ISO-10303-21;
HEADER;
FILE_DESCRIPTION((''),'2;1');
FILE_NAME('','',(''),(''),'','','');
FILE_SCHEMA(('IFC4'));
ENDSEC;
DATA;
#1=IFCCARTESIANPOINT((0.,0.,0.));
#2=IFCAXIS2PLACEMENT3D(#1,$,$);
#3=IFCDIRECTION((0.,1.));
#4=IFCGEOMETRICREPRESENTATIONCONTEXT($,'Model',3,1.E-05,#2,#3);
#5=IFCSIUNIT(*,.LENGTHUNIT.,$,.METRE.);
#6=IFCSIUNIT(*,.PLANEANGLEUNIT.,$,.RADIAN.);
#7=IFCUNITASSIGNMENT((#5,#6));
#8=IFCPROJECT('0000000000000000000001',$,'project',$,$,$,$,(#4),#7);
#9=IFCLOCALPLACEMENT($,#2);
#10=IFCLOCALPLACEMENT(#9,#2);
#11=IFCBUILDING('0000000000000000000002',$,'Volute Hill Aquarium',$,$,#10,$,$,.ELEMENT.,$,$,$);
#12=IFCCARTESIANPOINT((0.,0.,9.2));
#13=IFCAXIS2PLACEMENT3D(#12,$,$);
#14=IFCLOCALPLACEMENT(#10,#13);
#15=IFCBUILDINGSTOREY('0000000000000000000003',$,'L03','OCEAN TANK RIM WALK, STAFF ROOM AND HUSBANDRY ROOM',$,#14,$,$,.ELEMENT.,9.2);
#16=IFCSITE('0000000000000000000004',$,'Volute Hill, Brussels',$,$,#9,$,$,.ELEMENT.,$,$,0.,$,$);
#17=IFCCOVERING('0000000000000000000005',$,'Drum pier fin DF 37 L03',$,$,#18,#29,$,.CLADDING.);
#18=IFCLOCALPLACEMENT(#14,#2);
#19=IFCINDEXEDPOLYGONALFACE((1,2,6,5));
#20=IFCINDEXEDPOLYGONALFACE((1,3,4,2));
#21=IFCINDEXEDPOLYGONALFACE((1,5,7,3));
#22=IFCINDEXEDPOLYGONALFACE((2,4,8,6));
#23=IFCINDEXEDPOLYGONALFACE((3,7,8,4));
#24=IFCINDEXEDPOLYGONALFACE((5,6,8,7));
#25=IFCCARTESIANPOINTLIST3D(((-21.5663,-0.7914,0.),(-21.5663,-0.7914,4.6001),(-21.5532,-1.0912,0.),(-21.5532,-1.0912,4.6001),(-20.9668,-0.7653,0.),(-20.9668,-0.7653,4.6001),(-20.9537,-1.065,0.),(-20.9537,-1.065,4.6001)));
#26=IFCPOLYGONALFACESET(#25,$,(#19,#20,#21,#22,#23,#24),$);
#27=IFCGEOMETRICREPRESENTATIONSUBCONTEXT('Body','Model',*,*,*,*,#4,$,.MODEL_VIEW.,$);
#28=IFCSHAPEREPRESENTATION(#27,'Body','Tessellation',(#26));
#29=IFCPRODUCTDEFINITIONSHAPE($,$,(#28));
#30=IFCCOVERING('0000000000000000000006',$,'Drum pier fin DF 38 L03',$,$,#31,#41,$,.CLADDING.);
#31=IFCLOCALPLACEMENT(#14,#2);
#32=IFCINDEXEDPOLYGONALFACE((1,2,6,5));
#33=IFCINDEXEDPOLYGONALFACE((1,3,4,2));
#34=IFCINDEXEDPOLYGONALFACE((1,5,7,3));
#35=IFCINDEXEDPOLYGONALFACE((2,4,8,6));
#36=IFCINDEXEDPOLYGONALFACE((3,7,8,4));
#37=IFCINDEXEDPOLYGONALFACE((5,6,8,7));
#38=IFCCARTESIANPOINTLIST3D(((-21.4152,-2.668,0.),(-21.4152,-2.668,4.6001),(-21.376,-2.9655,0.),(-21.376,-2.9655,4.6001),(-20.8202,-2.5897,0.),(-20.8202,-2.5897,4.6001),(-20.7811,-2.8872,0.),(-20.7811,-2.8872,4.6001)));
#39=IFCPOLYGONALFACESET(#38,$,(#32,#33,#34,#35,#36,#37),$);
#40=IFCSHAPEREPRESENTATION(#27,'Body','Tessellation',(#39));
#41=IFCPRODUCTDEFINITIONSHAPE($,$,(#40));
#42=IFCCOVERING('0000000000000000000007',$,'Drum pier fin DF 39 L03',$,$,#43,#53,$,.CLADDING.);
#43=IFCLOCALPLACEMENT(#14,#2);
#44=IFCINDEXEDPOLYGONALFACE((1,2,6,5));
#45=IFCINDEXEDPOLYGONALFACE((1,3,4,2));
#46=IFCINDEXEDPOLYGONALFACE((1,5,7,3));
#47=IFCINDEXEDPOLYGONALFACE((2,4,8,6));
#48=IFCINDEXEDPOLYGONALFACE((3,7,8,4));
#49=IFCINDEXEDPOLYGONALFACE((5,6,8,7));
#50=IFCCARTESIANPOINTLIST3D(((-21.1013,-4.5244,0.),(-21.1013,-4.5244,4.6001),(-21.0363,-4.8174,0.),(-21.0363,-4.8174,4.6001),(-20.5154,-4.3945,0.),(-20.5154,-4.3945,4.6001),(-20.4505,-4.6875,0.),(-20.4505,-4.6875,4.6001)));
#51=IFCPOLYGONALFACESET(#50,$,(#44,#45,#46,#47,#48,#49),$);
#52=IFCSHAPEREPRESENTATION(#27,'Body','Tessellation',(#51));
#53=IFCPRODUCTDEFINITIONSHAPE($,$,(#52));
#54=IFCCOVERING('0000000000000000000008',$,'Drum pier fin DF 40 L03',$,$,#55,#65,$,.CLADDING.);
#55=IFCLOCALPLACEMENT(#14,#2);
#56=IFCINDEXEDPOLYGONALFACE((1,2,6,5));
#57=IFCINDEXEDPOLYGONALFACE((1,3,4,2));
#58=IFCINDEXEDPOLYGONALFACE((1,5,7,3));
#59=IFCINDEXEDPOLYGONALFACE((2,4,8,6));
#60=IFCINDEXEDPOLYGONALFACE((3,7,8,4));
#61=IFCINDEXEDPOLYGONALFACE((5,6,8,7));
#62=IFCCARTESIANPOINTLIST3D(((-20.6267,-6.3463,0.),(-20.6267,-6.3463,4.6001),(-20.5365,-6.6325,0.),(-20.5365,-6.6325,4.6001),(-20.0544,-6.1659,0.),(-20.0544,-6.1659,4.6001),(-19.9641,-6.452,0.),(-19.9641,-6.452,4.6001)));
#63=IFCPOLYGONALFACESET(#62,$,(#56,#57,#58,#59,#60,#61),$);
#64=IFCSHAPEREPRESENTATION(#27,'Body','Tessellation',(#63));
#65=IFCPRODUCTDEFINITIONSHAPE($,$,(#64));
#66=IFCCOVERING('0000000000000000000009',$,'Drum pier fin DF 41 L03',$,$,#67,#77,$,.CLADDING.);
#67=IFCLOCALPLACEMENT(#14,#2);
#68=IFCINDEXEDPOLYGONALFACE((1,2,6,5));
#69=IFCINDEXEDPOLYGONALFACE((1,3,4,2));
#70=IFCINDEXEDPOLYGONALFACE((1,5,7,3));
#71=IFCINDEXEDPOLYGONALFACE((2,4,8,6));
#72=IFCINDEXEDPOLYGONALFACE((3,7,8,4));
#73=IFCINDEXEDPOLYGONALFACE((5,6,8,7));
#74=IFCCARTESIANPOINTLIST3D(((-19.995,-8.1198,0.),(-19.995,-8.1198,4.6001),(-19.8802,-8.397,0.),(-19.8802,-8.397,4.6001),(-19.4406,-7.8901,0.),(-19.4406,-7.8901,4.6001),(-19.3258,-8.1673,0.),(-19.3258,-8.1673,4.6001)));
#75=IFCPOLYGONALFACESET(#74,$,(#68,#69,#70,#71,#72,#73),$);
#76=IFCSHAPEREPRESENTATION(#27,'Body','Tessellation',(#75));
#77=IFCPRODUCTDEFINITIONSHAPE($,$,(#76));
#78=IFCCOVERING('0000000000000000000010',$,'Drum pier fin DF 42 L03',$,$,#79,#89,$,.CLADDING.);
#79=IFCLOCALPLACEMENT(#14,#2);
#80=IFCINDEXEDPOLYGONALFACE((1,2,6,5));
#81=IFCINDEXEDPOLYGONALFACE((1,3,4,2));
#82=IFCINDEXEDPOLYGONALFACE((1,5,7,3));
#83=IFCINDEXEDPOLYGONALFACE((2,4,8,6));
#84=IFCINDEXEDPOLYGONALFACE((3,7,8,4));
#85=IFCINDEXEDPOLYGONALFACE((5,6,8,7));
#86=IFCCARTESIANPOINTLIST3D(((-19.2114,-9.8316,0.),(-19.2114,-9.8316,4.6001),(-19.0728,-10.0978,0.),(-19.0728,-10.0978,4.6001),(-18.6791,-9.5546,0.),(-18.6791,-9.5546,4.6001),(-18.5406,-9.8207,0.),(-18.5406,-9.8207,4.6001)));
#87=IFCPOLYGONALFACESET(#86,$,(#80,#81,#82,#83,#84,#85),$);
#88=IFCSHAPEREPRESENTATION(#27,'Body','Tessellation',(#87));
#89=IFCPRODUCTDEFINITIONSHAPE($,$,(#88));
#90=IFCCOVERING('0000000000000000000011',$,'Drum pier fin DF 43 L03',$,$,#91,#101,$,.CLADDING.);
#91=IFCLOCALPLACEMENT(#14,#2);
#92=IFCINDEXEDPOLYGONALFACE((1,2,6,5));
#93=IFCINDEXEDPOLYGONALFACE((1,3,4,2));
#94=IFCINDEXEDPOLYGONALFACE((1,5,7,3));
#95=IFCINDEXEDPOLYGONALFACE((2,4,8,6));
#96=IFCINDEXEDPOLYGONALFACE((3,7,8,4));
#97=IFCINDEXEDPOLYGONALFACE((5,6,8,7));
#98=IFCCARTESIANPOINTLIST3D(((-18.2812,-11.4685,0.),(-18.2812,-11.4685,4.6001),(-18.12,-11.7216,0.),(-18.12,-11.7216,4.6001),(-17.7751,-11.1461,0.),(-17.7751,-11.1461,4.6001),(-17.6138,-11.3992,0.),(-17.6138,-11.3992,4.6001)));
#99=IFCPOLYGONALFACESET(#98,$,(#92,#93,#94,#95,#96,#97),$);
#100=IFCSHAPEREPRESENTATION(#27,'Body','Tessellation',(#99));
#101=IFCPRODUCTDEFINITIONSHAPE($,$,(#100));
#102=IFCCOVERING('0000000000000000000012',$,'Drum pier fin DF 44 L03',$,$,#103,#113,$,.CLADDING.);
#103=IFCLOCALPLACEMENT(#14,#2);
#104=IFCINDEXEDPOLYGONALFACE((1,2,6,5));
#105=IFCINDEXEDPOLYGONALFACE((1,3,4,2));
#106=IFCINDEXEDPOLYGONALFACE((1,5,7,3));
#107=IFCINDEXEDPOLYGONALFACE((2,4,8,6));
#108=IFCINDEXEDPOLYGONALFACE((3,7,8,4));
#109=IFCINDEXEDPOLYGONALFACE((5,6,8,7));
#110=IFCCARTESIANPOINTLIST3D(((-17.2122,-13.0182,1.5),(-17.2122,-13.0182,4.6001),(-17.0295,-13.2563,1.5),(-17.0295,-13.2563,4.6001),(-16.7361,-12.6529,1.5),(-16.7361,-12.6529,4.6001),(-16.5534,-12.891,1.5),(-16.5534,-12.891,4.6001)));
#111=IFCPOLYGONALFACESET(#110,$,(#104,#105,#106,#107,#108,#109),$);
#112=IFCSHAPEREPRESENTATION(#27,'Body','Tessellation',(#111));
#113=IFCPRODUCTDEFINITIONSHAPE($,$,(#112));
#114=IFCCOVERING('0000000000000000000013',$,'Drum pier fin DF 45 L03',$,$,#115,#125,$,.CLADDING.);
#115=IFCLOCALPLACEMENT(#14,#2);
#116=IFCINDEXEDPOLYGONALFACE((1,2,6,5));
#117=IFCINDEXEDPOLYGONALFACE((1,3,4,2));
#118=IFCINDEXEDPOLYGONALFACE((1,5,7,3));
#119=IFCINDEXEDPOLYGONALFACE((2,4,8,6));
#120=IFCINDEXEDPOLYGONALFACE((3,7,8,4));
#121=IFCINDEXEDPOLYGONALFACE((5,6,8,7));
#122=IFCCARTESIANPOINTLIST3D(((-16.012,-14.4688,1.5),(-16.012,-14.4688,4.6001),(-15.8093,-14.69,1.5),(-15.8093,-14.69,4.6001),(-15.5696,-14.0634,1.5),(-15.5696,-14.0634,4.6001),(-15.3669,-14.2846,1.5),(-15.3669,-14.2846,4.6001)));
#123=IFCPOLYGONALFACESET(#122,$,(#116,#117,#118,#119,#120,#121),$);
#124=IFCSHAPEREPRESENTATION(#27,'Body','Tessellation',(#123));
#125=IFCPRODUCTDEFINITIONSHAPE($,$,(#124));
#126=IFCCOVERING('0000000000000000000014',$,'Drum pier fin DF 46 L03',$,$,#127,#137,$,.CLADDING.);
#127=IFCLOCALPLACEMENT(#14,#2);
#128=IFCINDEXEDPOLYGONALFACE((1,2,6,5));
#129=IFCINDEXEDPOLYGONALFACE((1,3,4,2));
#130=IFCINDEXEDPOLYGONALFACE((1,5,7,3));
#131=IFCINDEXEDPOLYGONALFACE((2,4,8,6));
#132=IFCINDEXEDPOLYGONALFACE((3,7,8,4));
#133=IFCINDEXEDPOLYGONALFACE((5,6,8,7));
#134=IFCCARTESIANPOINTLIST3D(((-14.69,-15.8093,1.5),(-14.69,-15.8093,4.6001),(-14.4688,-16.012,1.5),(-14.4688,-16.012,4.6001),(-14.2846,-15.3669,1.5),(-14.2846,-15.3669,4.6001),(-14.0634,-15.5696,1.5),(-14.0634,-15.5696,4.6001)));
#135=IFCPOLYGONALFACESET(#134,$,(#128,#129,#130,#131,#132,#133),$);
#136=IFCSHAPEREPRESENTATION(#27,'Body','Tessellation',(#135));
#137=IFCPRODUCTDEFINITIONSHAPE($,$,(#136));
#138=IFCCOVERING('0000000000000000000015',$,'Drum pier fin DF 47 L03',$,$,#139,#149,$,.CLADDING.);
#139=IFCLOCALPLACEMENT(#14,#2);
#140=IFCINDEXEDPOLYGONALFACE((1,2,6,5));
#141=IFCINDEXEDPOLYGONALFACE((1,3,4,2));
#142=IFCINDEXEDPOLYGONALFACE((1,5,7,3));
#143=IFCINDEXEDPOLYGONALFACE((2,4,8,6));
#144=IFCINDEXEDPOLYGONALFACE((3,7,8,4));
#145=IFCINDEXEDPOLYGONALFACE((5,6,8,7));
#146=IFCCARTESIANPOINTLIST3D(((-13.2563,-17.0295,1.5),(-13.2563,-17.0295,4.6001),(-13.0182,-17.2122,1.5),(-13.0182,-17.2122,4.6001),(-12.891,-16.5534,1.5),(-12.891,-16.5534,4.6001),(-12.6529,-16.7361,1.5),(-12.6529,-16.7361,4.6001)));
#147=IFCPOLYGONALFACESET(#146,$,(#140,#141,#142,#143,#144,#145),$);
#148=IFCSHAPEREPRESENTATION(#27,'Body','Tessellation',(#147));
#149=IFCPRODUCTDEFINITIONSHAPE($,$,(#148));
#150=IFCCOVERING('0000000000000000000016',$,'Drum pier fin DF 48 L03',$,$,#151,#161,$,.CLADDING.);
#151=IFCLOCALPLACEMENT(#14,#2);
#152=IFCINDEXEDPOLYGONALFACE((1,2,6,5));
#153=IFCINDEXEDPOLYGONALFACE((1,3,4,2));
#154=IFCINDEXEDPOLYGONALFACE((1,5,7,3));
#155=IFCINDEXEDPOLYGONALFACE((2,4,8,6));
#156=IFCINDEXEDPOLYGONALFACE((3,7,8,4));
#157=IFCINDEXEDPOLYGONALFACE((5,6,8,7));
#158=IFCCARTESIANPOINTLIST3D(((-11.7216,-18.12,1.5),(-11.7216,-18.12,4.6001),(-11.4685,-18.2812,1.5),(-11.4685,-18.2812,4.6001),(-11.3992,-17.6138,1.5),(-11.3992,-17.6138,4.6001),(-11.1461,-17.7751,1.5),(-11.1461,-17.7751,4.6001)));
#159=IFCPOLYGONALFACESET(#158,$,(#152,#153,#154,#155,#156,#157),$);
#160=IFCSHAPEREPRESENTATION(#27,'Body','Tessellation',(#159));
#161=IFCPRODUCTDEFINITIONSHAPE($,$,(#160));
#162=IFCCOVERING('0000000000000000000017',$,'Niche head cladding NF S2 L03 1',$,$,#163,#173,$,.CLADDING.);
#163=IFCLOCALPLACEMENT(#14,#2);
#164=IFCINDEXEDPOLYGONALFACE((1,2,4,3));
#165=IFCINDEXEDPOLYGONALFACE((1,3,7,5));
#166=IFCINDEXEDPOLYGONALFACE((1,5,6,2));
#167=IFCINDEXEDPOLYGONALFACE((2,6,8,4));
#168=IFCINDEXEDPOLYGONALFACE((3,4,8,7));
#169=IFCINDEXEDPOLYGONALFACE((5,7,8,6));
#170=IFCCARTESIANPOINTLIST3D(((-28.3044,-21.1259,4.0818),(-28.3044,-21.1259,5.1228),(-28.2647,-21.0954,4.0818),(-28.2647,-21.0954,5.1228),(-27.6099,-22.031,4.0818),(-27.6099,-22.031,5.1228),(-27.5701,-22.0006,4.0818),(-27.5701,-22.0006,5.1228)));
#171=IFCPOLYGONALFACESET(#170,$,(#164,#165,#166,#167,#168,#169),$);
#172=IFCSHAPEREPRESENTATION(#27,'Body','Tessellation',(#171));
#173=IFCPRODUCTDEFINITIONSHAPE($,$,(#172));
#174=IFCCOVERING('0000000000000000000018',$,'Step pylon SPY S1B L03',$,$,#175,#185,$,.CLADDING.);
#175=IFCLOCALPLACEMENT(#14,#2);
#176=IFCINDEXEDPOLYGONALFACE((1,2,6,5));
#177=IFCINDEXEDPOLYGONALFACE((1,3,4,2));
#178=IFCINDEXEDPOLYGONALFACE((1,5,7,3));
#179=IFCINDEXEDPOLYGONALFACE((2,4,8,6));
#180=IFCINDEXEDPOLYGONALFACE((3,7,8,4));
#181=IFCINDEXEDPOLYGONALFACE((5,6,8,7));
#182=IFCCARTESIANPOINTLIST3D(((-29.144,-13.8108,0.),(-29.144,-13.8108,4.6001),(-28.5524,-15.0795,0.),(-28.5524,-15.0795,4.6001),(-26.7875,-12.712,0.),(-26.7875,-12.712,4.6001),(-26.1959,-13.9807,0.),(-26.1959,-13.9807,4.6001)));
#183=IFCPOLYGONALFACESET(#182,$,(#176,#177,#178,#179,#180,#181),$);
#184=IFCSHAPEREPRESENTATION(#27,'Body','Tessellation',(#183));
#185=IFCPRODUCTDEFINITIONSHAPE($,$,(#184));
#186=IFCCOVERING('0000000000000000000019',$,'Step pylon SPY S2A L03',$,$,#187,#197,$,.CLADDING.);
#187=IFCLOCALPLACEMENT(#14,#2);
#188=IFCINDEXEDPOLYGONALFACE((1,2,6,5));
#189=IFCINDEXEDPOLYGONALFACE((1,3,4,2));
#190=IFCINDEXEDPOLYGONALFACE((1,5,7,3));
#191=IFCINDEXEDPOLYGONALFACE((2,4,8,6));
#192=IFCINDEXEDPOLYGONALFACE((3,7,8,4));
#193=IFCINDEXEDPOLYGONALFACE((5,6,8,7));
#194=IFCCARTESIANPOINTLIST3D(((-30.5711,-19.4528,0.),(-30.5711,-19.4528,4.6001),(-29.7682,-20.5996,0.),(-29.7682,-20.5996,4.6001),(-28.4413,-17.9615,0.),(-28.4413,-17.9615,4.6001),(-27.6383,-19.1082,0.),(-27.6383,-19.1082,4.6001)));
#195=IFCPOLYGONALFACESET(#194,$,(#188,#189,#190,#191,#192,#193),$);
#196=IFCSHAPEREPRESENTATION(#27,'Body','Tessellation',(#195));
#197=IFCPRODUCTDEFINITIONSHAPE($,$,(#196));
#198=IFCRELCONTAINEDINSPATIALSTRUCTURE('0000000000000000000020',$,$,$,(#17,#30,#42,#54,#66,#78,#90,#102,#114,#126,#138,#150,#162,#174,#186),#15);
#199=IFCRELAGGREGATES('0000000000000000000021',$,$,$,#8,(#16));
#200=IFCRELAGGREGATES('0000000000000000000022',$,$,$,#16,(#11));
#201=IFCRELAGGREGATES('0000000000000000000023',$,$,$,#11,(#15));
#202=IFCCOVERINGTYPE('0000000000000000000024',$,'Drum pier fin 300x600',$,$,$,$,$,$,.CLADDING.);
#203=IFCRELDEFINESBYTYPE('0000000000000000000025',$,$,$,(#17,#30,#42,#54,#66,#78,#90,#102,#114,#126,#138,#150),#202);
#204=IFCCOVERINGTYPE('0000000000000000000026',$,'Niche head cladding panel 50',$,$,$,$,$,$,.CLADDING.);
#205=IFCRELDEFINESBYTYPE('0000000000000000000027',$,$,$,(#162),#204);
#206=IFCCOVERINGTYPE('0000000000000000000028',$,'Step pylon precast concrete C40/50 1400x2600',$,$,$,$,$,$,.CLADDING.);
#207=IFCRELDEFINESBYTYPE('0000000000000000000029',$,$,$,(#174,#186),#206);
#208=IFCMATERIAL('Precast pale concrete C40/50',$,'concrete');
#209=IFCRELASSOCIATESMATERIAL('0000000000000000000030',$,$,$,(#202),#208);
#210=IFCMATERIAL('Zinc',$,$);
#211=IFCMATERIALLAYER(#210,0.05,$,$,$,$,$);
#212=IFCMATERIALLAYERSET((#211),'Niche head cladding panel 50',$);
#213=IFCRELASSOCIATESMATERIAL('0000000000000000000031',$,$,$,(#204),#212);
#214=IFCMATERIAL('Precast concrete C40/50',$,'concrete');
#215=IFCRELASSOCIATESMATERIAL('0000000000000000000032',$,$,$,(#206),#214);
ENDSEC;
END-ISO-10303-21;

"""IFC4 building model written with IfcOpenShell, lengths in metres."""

from ifc_helpers import new_model, si_unit, direction, frame, origin, origin_2d, place, context, subcontext, project, spatial, rectangle, extrude, material, layer, layer_set, type_object, element, save


model = new_model("IFC4")

# Units and contexts
model_context = context("Model", 3, precision=1e-05, world=origin(), true_north=direction((0.0, 1.0)))
body_context = subcontext(model_context, "Body", "Model", "MODEL_VIEW")
ifc_project = project(units=[si_unit("LENGTHUNIT", "METRE"), si_unit("PLANEANGLEUNIT", "RADIAN")], contexts=[model_context])

# Site, building, storey
site_placement = place(None, origin())
site = spatial("IfcSite", under=ifc_project, at=site_placement, Name="Volute Hill, Brussels", CompositionType="ELEMENT", RefElevation=0.0)
building_placement = place(site_placement, origin())
building = spatial("IfcBuilding", under=site, at=building_placement, Name="Volute Hill Aquarium", CompositionType="ELEMENT")
storey_placement = place(building_placement, frame((0.0, 0.0, 9.2)))
storey = spatial("IfcBuildingStorey", under=building, at=storey_placement, Name="L03", Description="OCEAN TANK RIM WALK, STAFF ROOM AND HUSBANDRY ROOM", CompositionType="ELEMENT", Elevation=9.2)

# Coverings
ifc_material_1 = material(Name="Precast pale concrete C40/50", Category="concrete")
covering_type_1 = type_object("IfcCoveringType", Name="Drum pier fin 300x600", PredefinedType="CLADDING", material=ifc_material_1)
for number, where, z_axis, x_axis, name in (
    (1, (-21.26, -0.9282, 0.0), (0.0, 0.0, 1.0), (0.043619, -0.999048, 0.0), "Drum pier fin DF 37 L03"),
    (2, (-21.0981, -2.7776, 0.0), (0.0, 0.0, 1.0), (0.130526, -0.991445, 0.0), "Drum pier fin DF 38 L03"),
    (3, (-20.7759, -4.606, 0.0), (0.0, 0.0, 1.0), (0.21644, -0.976296, 0.0), "Drum pier fin DF 39 L03"),
    (4, (-20.2954, -6.3992, 0.0), (0.0, 0.0, 1.0), (0.300706, -0.953717, 0.0), "Drum pier fin DF 40 L03"),
    (5, (-19.6604, -8.1436, 0.0), (0.0, 0.0, 1.0), (0.382683, -0.92388, 0.0), "Drum pier fin DF 41 L03"),
    (6, (-18.876, -9.8262, 0.0), (0.0, 0.0, 1.0), (0.461749, -0.887011, 0.0), "Drum pier fin DF 42 L03"),
    (7, (-17.9475, -11.4338, 0.0), (0.0, 0.0, 1.0), (0.5373, -0.843391, 0.0), "Drum pier fin DF 43 L03"),
):
    element("IfcCovering", number, at=place(storey_placement, frame(where, z_axis=z_axis, x_axis=x_axis)), inside=storey, type_object=covering_type_1, Name=name, PredefinedType="CLADDING", context=body_context, shape_type="SweptSolid", body=[
        extrude(rectangle(XDim=0.3, YDim=0.6001, at=origin_2d()), origin(), (0.0, 0.0, 1.0), 4.6001),
    ])
for number, where, z_axis, x_axis, name in (
    (8, (-16.8828, -12.9546, 1.5), (0.0, 0.0, 1.0), (0.608761, -0.793353, 0.0), "Drum pier fin DF 44 L03"),
    (9, (-15.6895, -14.3767, 1.5), (0.0, 0.0, 1.0), (0.67559, -0.737277, 0.0), "Drum pier fin DF 45 L03"),
    (10, (-14.3767, -15.6895, 1.5), (0.0, 0.0, 1.0), (0.737277, -0.67559, 0.0), "Drum pier fin DF 46 L03"),
    (11, (-12.9546, -16.8828, 1.5), (0.0, 0.0, 1.0), (0.793353, -0.608761, 0.0), "Drum pier fin DF 47 L03"),
    (12, (-11.4338, -17.9475, 1.5), (0.0, 0.0, 1.0), (0.843391, -0.5373, 0.0), "Drum pier fin DF 48 L03"),
):
    element("IfcCovering", number, at=place(storey_placement, frame(where, z_axis=z_axis, x_axis=x_axis)), inside=storey, type_object=covering_type_1, Name=name, PredefinedType="CLADDING", context=body_context, shape_type="SweptSolid", body=[
        extrude(rectangle(XDim=0.3, YDim=0.6001, at=origin_2d()), origin(), (0.0, 0.0, 1.0), 3.1001),
    ])
ifc_material_2 = material(Name="Zinc")
ifc_layer_1 = layer(ifc_material_2, 0.05)
ifc_layer_set_1 = layer_set([ifc_layer_1], Name="Niche head cladding panel 50")
covering_type_2 = type_object("IfcCoveringType", Name="Niche head cladding panel 50", PredefinedType="CLADDING", material=ifc_layer_set_1)
covering_placement = place(storey_placement, frame((-27.9373, -21.5632, 4.0818), z_axis=(0.0, 0.0, 1.0), x_axis=(0.608762, -0.793353, 0.0)))
element("IfcCovering", 13, at=covering_placement, inside=storey, type_object=covering_type_2, Name="Niche head cladding NF S2 L03 1", PredefinedType="CLADDING", context=body_context, shape_type="SweptSolid", body=[
    extrude(rectangle(XDim=1.1409, YDim=0.05, at=origin_2d()), origin(), (0.0, 0.0, 1.0), 1.041),
])
ifc_material_3 = material(Name="Precast concrete C40/50", Category="concrete")
covering_type_3 = type_object("IfcCoveringType", Name="Step pylon precast concrete C40/50 1400x2600", PredefinedType="CLADDING", material=ifc_material_3)
for number, where, z_axis, x_axis, name in (
    (14, (-27.6699, -13.8958, 0.0), (0.0, 0.0, 1.0), (-0.906308, -0.422618, 0.0), "Step pylon SPY S1B L03"),
    (15, (-29.1047, -19.2805, 0.0), (0.0, 0.0, 1.0), (-0.819152, -0.573576, 0.0), "Step pylon SPY S2A L03"),
):
    element("IfcCovering", number, at=place(storey_placement, frame(where, z_axis=z_axis, x_axis=x_axis)), inside=storey, type_object=covering_type_3, Name=name, PredefinedType="CLADDING", context=body_context, shape_type="SweptSolid", body=[
        extrude(rectangle(XDim=2.6001, YDim=1.3999, at=origin_2d()), origin(), (0.0, 0.0, 1.0), 4.6001),
    ])

save(model, "model.ifc")
